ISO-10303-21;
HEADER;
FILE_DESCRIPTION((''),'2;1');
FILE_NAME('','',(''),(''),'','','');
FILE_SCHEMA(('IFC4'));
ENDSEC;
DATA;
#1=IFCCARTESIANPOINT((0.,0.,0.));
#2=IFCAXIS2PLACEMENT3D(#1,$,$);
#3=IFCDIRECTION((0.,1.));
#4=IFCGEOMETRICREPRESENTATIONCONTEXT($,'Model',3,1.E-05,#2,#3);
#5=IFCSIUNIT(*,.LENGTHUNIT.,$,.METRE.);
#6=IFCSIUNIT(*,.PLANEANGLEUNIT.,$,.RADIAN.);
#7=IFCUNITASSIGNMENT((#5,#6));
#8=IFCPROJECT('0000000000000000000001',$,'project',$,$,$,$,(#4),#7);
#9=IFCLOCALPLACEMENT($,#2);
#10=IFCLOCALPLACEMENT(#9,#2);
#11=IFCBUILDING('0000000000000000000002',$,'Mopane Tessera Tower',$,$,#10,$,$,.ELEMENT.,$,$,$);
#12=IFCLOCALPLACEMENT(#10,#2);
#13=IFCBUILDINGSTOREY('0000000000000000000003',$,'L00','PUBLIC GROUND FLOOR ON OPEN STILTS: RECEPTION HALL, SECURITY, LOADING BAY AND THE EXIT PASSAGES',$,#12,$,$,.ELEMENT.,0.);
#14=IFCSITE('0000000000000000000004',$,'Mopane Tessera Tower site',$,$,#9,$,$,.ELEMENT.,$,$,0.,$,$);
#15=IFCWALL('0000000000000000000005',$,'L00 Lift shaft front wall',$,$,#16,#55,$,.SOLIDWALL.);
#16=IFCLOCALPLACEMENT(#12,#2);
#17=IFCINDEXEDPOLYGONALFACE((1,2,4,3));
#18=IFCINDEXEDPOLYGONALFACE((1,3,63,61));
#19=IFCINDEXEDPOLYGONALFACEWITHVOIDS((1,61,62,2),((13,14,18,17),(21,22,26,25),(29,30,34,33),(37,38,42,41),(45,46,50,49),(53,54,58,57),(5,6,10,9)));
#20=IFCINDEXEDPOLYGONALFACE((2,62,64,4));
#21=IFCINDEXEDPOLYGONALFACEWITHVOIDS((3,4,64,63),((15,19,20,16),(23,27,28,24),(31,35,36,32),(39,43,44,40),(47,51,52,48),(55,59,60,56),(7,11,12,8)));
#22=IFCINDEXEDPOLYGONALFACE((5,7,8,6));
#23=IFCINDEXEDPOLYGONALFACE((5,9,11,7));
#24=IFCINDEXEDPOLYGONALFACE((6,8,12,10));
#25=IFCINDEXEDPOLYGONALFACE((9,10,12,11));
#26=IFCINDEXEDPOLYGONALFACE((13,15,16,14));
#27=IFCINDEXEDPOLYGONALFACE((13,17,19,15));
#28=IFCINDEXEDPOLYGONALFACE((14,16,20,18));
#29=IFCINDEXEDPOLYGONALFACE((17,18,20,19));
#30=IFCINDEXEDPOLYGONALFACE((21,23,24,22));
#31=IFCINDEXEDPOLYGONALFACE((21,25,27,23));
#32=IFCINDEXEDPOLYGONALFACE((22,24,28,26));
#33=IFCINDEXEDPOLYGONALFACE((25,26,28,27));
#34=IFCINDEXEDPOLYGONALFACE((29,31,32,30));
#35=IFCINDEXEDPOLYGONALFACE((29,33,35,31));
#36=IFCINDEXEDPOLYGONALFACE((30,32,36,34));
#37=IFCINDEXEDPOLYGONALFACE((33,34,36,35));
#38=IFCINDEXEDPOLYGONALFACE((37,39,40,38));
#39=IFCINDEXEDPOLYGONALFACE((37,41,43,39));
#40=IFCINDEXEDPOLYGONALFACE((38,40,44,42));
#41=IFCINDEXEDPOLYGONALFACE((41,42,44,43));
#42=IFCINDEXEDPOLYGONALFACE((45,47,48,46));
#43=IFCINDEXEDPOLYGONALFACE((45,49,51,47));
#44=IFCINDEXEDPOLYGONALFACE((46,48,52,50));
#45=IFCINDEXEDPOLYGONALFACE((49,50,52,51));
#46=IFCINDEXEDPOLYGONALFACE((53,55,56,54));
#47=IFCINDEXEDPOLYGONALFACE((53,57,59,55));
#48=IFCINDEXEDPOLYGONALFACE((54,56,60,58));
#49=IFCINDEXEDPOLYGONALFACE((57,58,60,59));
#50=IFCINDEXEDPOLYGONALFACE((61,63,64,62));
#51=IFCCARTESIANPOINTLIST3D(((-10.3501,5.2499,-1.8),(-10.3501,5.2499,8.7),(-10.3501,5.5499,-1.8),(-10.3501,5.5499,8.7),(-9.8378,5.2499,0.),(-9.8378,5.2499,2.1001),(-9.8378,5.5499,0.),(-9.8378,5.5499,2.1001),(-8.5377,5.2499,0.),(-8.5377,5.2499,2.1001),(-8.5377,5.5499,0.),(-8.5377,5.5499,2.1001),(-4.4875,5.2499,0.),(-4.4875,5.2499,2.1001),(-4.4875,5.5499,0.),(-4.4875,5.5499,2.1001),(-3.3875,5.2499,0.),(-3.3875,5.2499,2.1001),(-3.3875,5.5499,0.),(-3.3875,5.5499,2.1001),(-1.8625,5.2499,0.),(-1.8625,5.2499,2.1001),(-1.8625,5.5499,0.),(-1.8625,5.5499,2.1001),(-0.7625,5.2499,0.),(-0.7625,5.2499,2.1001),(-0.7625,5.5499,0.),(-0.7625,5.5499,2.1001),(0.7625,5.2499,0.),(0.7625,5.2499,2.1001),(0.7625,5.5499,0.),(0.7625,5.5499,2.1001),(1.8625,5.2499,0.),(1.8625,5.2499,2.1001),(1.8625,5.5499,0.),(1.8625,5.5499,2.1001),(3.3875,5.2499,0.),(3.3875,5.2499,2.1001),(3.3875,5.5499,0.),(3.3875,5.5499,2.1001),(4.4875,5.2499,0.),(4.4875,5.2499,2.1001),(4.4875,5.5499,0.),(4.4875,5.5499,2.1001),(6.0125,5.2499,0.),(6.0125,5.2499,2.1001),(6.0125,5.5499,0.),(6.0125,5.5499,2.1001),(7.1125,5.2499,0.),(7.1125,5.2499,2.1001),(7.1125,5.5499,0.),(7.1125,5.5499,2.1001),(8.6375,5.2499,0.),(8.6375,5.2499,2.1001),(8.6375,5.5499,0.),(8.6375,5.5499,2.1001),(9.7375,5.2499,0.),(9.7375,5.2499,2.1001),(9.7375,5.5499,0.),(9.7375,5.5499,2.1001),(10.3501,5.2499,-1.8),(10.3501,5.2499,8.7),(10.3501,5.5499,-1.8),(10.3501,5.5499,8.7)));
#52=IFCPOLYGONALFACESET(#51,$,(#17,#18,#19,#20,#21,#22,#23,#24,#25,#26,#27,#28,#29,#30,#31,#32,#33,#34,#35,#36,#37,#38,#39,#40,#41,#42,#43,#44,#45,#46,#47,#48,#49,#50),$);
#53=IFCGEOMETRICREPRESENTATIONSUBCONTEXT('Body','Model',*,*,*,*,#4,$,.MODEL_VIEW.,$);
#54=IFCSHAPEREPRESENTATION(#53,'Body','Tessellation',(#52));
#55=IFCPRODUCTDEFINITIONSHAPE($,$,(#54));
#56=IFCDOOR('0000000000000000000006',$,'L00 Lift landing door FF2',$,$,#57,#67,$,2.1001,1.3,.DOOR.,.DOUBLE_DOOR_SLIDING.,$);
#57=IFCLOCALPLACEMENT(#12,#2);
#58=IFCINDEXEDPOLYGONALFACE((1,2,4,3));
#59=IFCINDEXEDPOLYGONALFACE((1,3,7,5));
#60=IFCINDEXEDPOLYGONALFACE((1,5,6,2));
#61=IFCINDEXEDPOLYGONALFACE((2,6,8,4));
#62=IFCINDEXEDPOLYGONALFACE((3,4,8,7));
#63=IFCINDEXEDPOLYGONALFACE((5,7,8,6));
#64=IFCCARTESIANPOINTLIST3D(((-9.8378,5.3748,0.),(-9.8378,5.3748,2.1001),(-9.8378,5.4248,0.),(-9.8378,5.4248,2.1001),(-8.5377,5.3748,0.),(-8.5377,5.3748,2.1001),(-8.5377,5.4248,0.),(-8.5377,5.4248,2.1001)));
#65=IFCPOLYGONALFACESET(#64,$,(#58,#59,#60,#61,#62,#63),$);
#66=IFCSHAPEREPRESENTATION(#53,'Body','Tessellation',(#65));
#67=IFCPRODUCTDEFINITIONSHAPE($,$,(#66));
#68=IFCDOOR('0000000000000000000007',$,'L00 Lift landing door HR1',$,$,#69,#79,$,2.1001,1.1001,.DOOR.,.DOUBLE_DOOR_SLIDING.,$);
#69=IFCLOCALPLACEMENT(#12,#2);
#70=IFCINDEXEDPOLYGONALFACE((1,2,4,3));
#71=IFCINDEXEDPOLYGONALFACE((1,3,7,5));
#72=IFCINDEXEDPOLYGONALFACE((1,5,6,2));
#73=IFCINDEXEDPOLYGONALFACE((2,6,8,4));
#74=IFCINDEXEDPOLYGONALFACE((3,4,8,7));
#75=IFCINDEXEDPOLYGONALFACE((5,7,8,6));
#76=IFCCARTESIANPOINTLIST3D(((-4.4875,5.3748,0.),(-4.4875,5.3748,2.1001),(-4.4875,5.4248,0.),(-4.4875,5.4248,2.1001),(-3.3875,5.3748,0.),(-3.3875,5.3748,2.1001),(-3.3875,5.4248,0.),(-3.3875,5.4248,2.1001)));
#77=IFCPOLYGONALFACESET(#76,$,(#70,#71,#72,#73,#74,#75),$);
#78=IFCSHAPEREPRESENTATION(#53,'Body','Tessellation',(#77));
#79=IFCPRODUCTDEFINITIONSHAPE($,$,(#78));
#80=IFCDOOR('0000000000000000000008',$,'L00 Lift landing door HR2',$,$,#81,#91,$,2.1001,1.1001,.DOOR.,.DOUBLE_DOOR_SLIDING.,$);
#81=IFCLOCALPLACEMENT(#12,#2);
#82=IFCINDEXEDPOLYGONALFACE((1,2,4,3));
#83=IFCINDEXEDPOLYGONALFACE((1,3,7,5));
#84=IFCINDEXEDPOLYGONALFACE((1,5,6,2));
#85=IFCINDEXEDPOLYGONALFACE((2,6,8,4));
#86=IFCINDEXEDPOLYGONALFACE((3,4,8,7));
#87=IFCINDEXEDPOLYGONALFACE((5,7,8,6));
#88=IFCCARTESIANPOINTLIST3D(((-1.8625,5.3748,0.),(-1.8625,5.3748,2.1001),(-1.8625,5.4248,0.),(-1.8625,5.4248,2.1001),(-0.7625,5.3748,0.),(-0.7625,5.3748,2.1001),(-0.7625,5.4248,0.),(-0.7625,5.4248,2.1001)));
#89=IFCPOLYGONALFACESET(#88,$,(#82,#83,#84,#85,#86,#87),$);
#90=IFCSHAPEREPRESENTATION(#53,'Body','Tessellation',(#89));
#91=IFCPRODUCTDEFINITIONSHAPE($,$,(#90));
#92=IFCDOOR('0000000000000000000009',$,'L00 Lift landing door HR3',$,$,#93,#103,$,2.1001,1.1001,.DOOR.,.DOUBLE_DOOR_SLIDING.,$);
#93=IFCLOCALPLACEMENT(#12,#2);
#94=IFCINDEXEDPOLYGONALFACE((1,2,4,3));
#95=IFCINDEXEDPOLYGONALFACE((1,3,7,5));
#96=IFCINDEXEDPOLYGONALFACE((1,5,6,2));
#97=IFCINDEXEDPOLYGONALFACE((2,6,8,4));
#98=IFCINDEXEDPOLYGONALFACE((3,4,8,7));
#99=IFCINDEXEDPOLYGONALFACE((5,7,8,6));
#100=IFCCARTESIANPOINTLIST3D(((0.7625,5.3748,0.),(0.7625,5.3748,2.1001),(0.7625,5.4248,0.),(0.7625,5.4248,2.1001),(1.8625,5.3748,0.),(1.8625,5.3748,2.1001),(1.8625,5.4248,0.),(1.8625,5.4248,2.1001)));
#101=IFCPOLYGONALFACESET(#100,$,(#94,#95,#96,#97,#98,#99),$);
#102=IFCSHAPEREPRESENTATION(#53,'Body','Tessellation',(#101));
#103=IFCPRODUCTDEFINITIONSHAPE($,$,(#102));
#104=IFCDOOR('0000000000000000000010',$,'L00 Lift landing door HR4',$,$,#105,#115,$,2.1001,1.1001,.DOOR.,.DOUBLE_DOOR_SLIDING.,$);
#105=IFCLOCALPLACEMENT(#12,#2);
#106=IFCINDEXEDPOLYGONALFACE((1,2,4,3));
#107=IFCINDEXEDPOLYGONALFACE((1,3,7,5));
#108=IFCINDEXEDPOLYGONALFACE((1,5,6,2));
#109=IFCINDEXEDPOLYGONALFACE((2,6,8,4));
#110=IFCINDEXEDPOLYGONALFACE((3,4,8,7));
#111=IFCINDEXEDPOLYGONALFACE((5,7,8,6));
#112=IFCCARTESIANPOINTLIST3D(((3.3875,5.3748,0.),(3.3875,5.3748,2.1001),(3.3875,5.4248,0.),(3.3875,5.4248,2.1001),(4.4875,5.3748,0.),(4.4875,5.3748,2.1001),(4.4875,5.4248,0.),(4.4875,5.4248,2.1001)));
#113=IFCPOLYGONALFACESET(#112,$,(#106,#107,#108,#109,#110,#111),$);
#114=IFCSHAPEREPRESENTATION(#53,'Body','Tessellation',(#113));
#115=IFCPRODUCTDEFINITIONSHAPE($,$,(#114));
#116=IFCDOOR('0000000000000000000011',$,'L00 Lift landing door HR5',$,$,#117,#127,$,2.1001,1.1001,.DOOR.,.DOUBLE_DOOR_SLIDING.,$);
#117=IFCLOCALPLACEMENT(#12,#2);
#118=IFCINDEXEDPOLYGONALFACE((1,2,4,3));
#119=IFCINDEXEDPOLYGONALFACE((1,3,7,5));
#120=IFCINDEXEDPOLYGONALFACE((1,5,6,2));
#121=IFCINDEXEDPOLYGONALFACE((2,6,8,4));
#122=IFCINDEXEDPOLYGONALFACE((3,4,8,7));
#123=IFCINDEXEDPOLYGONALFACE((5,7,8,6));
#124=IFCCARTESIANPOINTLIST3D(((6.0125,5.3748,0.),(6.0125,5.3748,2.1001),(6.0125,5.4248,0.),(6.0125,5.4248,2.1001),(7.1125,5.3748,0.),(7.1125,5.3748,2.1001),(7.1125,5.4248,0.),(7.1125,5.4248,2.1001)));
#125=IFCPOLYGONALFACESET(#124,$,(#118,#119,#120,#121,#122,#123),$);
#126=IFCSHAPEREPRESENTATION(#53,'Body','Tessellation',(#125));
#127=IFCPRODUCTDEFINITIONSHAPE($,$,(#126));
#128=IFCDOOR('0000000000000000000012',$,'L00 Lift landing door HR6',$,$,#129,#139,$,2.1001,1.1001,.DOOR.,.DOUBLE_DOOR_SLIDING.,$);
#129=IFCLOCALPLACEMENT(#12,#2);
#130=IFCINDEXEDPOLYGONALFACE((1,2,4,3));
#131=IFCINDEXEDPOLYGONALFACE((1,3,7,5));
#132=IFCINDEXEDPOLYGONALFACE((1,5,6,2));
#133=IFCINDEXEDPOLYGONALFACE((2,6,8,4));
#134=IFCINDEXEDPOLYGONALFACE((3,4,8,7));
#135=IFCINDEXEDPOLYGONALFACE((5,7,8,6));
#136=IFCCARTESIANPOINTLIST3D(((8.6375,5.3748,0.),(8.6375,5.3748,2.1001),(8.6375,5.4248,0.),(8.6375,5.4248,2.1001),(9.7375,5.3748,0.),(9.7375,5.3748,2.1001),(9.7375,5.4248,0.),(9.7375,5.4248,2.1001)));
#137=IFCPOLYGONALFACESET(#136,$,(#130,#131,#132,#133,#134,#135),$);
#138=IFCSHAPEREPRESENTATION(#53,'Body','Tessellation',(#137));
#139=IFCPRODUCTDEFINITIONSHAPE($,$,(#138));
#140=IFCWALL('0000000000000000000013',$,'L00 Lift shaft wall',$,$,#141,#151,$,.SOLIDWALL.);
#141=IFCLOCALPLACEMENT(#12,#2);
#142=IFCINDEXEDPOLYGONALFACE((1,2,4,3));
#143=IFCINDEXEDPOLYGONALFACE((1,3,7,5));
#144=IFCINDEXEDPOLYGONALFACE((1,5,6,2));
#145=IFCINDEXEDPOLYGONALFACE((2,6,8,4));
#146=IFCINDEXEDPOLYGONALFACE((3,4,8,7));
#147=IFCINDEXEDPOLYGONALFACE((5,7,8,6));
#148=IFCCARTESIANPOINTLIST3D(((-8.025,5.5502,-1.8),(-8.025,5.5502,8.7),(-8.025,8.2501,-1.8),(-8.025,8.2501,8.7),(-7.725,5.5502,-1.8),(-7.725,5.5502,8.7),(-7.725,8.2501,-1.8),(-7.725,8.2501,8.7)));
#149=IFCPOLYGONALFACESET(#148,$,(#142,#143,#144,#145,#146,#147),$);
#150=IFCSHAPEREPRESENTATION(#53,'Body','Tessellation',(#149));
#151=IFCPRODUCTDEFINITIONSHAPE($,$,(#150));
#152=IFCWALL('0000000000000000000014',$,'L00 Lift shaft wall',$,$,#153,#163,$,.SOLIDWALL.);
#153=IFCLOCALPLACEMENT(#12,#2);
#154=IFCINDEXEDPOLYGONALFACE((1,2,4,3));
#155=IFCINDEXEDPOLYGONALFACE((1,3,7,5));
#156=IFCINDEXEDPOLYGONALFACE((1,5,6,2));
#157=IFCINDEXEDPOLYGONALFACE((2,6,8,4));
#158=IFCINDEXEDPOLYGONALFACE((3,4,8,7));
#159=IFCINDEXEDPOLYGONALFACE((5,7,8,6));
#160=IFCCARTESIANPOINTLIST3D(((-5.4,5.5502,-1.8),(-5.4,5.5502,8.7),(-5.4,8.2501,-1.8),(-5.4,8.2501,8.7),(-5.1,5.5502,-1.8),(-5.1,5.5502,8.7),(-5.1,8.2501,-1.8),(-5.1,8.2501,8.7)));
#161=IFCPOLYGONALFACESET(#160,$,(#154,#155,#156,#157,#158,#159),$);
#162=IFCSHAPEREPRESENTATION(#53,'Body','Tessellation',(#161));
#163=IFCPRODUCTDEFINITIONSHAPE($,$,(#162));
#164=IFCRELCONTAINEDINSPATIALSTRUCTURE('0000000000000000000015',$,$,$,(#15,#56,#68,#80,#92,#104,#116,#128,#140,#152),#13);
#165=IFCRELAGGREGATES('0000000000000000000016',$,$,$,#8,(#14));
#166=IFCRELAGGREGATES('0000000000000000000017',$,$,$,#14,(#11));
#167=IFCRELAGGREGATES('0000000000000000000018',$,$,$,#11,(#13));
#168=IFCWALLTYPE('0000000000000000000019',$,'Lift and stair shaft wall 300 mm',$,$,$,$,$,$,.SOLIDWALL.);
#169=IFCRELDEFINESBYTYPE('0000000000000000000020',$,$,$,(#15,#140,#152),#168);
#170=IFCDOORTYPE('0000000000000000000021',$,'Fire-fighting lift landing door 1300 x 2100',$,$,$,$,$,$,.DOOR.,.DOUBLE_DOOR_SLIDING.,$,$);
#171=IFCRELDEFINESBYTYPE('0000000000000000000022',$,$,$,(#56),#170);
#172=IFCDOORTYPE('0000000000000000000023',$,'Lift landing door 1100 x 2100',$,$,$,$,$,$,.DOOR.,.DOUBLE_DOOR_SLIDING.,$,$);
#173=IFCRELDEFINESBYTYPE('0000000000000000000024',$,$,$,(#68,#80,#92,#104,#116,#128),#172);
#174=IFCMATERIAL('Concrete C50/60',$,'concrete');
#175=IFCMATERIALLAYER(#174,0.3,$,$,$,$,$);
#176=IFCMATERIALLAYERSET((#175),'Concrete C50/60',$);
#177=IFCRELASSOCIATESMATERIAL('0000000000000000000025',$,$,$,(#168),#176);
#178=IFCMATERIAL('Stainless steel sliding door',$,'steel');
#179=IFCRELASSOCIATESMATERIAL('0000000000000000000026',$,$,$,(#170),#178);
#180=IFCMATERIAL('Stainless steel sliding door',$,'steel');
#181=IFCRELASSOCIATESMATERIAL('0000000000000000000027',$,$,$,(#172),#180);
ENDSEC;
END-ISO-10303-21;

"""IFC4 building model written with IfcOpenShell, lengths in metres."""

from ifc_helpers import new_model, si_unit, direction, frame, frame_2d, origin, place, context, subcontext, project, spatial, rectangle, extrude, material, layer, layer_set, type_object, element, fill, save


model = new_model("IFC4")

# Units and contexts
model_context = context("Model", 3, precision=1e-05, world=origin(), true_north=direction((0.0, 1.0)))
body_context = subcontext(model_context, "Body", "Model", "MODEL_VIEW")
ifc_project = project(units=[si_unit("LENGTHUNIT", "METRE"), si_unit("PLANEANGLEUNIT", "RADIAN")], contexts=[model_context])

# Site, building, storey
site_placement = place(None, origin())
site = spatial("IfcSite", under=ifc_project, at=site_placement, Name="Mopane Tessera Tower site", CompositionType="ELEMENT", RefElevation=0.0)
building_placement = place(site_placement, origin())
building = spatial("IfcBuilding", under=site, at=building_placement, Name="Mopane Tessera Tower", CompositionType="ELEMENT")
storey_placement = place(building_placement, origin())
storey = spatial("IfcBuildingStorey", under=building, at=storey_placement, Name="L00", Description="PUBLIC GROUND FLOOR ON OPEN STILTS: RECEPTION HALL, SECURITY, LOADING BAY AND THE EXIT PASSAGES", CompositionType="ELEMENT", Elevation=0.0)

# Wall, openings, doors
ifc_material_1 = material(Name="Concrete C50/60", Category="concrete")
ifc_layer_1 = layer(ifc_material_1, 0.3)
ifc_layer_set_1 = layer_set([ifc_layer_1], Name="Concrete C50/60")
wall_type_1 = type_object("IfcWallType", Name="Lift and stair shaft wall 300 mm", PredefinedType="SOLIDWALL", material=ifc_layer_set_1)
wall_1_placement = place(storey_placement, frame((-10.3501, 5.3999, -1.8), z_axis=(0.0, 0.0, 1.0), x_axis=(1.0, 0.0, 0.0)))
wall_1 = element("IfcWall", 1, at=wall_1_placement, inside=storey, type_object=wall_type_1, Name="L00 Lift shaft front wall", PredefinedType="SOLIDWALL", context=body_context, shape_type="SweptSolid", body=[
    extrude(rectangle(XDim=20.7002, YDim=0.3, at=frame_2d((10.3501, 0.0))), origin(), (0.0, 0.0, 1.0), 10.5),
])
opening_1_placement = place(wall_1_placement, frame((0.5125, 0.0, 1.8)))
opening_1 = element("IfcOpeningElement", 2, at=opening_1_placement, cuts=wall_1, PredefinedType="OPENING", context=body_context, shape_type="SweptSolid", body=[
    extrude(rectangle(XDim=1.3, YDim=2.1001, at=frame_2d((0.6499, 1.05))), frame((0.0, 0.1621, 0.0), z_axis=(0.0, -1.0, 0.0), x_axis=(1.0, 0.0, 0.0)), (0.0, 0.0, 1.0), 0.324),
])
opening_2_placement = place(wall_1_placement, frame((5.8625, 0.0, 1.8)))
opening_2 = element("IfcOpeningElement", 3, at=opening_2_placement, cuts=wall_1, PredefinedType="OPENING", context=body_context, shape_type="SweptSolid", body=[
    extrude(rectangle(XDim=1.1001, YDim=2.1001, at=frame_2d((0.55, 1.05))), frame((0.0, 0.1621, 0.0), z_axis=(0.0, -1.0, 0.0), x_axis=(1.0, 0.0, 0.0)), (0.0, 0.0, 1.0), 0.324),
])
opening_3_placement = place(wall_1_placement, frame((8.4875, 0.0, 1.8)))
opening_3 = element("IfcOpeningElement", 4, at=opening_3_placement, cuts=wall_1, PredefinedType="OPENING", context=body_context, shape_type="SweptSolid", body=[
    extrude(rectangle(XDim=1.1001, YDim=2.1001, at=frame_2d((0.55, 1.05))), frame((0.0, 0.1621, 0.0), z_axis=(0.0, -1.0, 0.0), x_axis=(1.0, 0.0, 0.0)), (0.0, 0.0, 1.0), 0.324),
])
opening_4_placement = place(wall_1_placement, frame((11.1125, 0.0, 1.8)))
opening_4 = element("IfcOpeningElement", 5, at=opening_4_placement, cuts=wall_1, PredefinedType="OPENING", context=body_context, shape_type="SweptSolid", body=[
    extrude(rectangle(XDim=1.1001, YDim=2.1001, at=frame_2d((0.55, 1.05))), frame((0.0, 0.1621, 0.0), z_axis=(0.0, -1.0, 0.0), x_axis=(1.0, 0.0, 0.0)), (0.0, 0.0, 1.0), 0.324),
])
opening_5_placement = place(wall_1_placement, frame((13.7375, 0.0, 1.8)))
opening_5 = element("IfcOpeningElement", 6, at=opening_5_placement, cuts=wall_1, PredefinedType="OPENING", context=body_context, shape_type="SweptSolid", body=[
    extrude(rectangle(XDim=1.1001, YDim=2.1001, at=frame_2d((0.55, 1.05))), frame((0.0, 0.1621, 0.0), z_axis=(0.0, -1.0, 0.0), x_axis=(1.0, 0.0, 0.0)), (0.0, 0.0, 1.0), 0.324),
])
opening_6_placement = place(wall_1_placement, frame((16.3625, 0.0, 1.8)))
opening_6 = element("IfcOpeningElement", 7, at=opening_6_placement, cuts=wall_1, PredefinedType="OPENING", context=body_context, shape_type="SweptSolid", body=[
    extrude(rectangle(XDim=1.1001, YDim=2.1001, at=frame_2d((0.55, 1.05))), frame((0.0, 0.1621, 0.0), z_axis=(0.0, -1.0, 0.0), x_axis=(1.0, 0.0, 0.0)), (0.0, 0.0, 1.0), 0.324),
])
opening_7_placement = place(wall_1_placement, frame((18.9875, 0.0, 1.8)))
opening_7 = element("IfcOpeningElement", 8, at=opening_7_placement, cuts=wall_1, PredefinedType="OPENING", context=body_context, shape_type="SweptSolid", body=[
    extrude(rectangle(XDim=1.1001, YDim=2.1001, at=frame_2d((0.55, 1.05))), frame((0.0, 0.1621, 0.0), z_axis=(0.0, -1.0, 0.0), x_axis=(1.0, 0.0, 0.0)), (0.0, 0.0, 1.0), 0.324),
])
ifc_material_2 = material(Name="Stainless steel sliding door", Category="steel")
door_type_1 = type_object("IfcDoorType", Name="Fire-fighting lift landing door 1300 x 2100", OperationType="DOUBLE_DOOR_SLIDING", PredefinedType="DOOR", material=ifc_material_2)
door_1_placement = place(opening_1_placement, origin())
door_1 = element("IfcDoor", 9, at=door_1_placement, inside=storey, type_object=door_type_1, Name="L00 Lift landing door FF2", OperationType="DOUBLE_DOOR_SLIDING", OverallHeight=2.1001, OverallWidth=1.3, PredefinedType="DOOR", context=body_context, shape_type="SweptSolid", body=[
    extrude(rectangle(XDim=1.3, YDim=2.1001, at=frame_2d((0.6499, 1.05))), frame((0.0, 0.0249, 0.0), z_axis=(0.0, -1.0, 0.0), x_axis=(1.0, 0.0, 0.0)), (0.0, 0.0, 1.0), 0.05),
])
fill(opening_1, door_1)
ifc_material_3 = material(Name="Stainless steel sliding door", Category="steel")
door_type_2 = type_object("IfcDoorType", Name="Lift landing door 1100 x 2100", OperationType="DOUBLE_DOOR_SLIDING", PredefinedType="DOOR", material=ifc_material_3)
door_2_placement = place(opening_2_placement, origin())
door_2 = element("IfcDoor", 10, at=door_2_placement, inside=storey, type_object=door_type_2, Name="L00 Lift landing door HR1", OperationType="DOUBLE_DOOR_SLIDING", OverallHeight=2.1001, OverallWidth=1.1001, PredefinedType="DOOR", context=body_context, shape_type="SweptSolid", body=[
    extrude(rectangle(XDim=1.1001, YDim=2.1001, at=frame_2d((0.55, 1.05))), frame((0.0, 0.0249, 0.0), z_axis=(0.0, -1.0, 0.0), x_axis=(1.0, 0.0, 0.0)), (0.0, 0.0, 1.0), 0.05),
])
fill(opening_2, door_2)
door_3_placement = place(opening_3_placement, origin())
door_3 = element("IfcDoor", 11, at=door_3_placement, inside=storey, type_object=door_type_2, Name="L00 Lift landing door HR2", OperationType="DOUBLE_DOOR_SLIDING", OverallHeight=2.1001, OverallWidth=1.1001, PredefinedType="DOOR", context=body_context, shape_type="SweptSolid", body=[
    extrude(rectangle(XDim=1.1001, YDim=2.1001, at=frame_2d((0.55, 1.05))), frame((0.0, 0.0249, 0.0), z_axis=(0.0, -1.0, 0.0), x_axis=(1.0, 0.0, 0.0)), (0.0, 0.0, 1.0), 0.05),
])
fill(opening_3, door_3)
door_4_placement = place(opening_4_placement, origin())
door_4 = element("IfcDoor", 12, at=door_4_placement, inside=storey, type_object=door_type_2, Name="L00 Lift landing door HR3", OperationType="DOUBLE_DOOR_SLIDING", OverallHeight=2.1001, OverallWidth=1.1001, PredefinedType="DOOR", context=body_context, shape_type="SweptSolid", body=[
    extrude(rectangle(XDim=1.1001, YDim=2.1001, at=frame_2d((0.55, 1.05))), frame((0.0, 0.0249, 0.0), z_axis=(0.0, -1.0, 0.0), x_axis=(1.0, 0.0, 0.0)), (0.0, 0.0, 1.0), 0.05),
])
fill(opening_4, door_4)
door_5_placement = place(opening_5_placement, origin())
door_5 = element("IfcDoor", 13, at=door_5_placement, inside=storey, type_object=door_type_2, Name="L00 Lift landing door HR4", OperationType="DOUBLE_DOOR_SLIDING", OverallHeight=2.1001, OverallWidth=1.1001, PredefinedType="DOOR", context=body_context, shape_type="SweptSolid", body=[
    extrude(rectangle(XDim=1.1001, YDim=2.1001, at=frame_2d((0.55, 1.05))), frame((0.0, 0.0249, 0.0), z_axis=(0.0, -1.0, 0.0), x_axis=(1.0, 0.0, 0.0)), (0.0, 0.0, 1.0), 0.05),
])
fill(opening_5, door_5)
door_6_placement = place(opening_6_placement, origin())
door_6 = element("IfcDoor", 14, at=door_6_placement, inside=storey, type_object=door_type_2, Name="L00 Lift landing door HR5", OperationType="DOUBLE_DOOR_SLIDING", OverallHeight=2.1001, OverallWidth=1.1001, PredefinedType="DOOR", context=body_context, shape_type="SweptSolid", body=[
    extrude(rectangle(XDim=1.1001, YDim=2.1001, at=frame_2d((0.55, 1.05))), frame((0.0, 0.0249, 0.0), z_axis=(0.0, -1.0, 0.0), x_axis=(1.0, 0.0, 0.0)), (0.0, 0.0, 1.0), 0.05),
])
fill(opening_6, door_6)
door_7_placement = place(opening_7_placement, origin())
door_7 = element("IfcDoor", 15, at=door_7_placement, inside=storey, type_object=door_type_2, Name="L00 Lift landing door HR6", OperationType="DOUBLE_DOOR_SLIDING", OverallHeight=2.1001, OverallWidth=1.1001, PredefinedType="DOOR", context=body_context, shape_type="SweptSolid", body=[
    extrude(rectangle(XDim=1.1001, YDim=2.1001, at=frame_2d((0.55, 1.05))), frame((0.0, 0.0249, 0.0), z_axis=(0.0, -1.0, 0.0), x_axis=(1.0, 0.0, 0.0)), (0.0, 0.0, 1.0), 0.05),
])
fill(opening_7, door_7)

# Walls
for number, where, z_axis, x_axis, name in (
    (16, (-7.875, 5.55, -1.8), (0.0, 0.0, 1.0), (0.0, 1.0, 0.0), "L00 Lift shaft wall"),
    (17, (-5.25, 5.55, -1.8), (0.0, 0.0, 1.0), (0.0, 1.0, 0.0), "L00 Lift shaft wall"),
):
    element("IfcWall", number, at=place(storey_placement, frame(where, z_axis=z_axis, x_axis=x_axis)), inside=storey, type_object=wall_type_1, Name=name, PredefinedType="SOLIDWALL", context=body_context, shape_type="SweptSolid", body=[
        extrude(rectangle(XDim=2.7, YDim=0.3, at=frame_2d((1.3501, 0.0))), origin(), (0.0, 0.0, 1.0), 10.5),
    ])

save(model, "model.ifc")
